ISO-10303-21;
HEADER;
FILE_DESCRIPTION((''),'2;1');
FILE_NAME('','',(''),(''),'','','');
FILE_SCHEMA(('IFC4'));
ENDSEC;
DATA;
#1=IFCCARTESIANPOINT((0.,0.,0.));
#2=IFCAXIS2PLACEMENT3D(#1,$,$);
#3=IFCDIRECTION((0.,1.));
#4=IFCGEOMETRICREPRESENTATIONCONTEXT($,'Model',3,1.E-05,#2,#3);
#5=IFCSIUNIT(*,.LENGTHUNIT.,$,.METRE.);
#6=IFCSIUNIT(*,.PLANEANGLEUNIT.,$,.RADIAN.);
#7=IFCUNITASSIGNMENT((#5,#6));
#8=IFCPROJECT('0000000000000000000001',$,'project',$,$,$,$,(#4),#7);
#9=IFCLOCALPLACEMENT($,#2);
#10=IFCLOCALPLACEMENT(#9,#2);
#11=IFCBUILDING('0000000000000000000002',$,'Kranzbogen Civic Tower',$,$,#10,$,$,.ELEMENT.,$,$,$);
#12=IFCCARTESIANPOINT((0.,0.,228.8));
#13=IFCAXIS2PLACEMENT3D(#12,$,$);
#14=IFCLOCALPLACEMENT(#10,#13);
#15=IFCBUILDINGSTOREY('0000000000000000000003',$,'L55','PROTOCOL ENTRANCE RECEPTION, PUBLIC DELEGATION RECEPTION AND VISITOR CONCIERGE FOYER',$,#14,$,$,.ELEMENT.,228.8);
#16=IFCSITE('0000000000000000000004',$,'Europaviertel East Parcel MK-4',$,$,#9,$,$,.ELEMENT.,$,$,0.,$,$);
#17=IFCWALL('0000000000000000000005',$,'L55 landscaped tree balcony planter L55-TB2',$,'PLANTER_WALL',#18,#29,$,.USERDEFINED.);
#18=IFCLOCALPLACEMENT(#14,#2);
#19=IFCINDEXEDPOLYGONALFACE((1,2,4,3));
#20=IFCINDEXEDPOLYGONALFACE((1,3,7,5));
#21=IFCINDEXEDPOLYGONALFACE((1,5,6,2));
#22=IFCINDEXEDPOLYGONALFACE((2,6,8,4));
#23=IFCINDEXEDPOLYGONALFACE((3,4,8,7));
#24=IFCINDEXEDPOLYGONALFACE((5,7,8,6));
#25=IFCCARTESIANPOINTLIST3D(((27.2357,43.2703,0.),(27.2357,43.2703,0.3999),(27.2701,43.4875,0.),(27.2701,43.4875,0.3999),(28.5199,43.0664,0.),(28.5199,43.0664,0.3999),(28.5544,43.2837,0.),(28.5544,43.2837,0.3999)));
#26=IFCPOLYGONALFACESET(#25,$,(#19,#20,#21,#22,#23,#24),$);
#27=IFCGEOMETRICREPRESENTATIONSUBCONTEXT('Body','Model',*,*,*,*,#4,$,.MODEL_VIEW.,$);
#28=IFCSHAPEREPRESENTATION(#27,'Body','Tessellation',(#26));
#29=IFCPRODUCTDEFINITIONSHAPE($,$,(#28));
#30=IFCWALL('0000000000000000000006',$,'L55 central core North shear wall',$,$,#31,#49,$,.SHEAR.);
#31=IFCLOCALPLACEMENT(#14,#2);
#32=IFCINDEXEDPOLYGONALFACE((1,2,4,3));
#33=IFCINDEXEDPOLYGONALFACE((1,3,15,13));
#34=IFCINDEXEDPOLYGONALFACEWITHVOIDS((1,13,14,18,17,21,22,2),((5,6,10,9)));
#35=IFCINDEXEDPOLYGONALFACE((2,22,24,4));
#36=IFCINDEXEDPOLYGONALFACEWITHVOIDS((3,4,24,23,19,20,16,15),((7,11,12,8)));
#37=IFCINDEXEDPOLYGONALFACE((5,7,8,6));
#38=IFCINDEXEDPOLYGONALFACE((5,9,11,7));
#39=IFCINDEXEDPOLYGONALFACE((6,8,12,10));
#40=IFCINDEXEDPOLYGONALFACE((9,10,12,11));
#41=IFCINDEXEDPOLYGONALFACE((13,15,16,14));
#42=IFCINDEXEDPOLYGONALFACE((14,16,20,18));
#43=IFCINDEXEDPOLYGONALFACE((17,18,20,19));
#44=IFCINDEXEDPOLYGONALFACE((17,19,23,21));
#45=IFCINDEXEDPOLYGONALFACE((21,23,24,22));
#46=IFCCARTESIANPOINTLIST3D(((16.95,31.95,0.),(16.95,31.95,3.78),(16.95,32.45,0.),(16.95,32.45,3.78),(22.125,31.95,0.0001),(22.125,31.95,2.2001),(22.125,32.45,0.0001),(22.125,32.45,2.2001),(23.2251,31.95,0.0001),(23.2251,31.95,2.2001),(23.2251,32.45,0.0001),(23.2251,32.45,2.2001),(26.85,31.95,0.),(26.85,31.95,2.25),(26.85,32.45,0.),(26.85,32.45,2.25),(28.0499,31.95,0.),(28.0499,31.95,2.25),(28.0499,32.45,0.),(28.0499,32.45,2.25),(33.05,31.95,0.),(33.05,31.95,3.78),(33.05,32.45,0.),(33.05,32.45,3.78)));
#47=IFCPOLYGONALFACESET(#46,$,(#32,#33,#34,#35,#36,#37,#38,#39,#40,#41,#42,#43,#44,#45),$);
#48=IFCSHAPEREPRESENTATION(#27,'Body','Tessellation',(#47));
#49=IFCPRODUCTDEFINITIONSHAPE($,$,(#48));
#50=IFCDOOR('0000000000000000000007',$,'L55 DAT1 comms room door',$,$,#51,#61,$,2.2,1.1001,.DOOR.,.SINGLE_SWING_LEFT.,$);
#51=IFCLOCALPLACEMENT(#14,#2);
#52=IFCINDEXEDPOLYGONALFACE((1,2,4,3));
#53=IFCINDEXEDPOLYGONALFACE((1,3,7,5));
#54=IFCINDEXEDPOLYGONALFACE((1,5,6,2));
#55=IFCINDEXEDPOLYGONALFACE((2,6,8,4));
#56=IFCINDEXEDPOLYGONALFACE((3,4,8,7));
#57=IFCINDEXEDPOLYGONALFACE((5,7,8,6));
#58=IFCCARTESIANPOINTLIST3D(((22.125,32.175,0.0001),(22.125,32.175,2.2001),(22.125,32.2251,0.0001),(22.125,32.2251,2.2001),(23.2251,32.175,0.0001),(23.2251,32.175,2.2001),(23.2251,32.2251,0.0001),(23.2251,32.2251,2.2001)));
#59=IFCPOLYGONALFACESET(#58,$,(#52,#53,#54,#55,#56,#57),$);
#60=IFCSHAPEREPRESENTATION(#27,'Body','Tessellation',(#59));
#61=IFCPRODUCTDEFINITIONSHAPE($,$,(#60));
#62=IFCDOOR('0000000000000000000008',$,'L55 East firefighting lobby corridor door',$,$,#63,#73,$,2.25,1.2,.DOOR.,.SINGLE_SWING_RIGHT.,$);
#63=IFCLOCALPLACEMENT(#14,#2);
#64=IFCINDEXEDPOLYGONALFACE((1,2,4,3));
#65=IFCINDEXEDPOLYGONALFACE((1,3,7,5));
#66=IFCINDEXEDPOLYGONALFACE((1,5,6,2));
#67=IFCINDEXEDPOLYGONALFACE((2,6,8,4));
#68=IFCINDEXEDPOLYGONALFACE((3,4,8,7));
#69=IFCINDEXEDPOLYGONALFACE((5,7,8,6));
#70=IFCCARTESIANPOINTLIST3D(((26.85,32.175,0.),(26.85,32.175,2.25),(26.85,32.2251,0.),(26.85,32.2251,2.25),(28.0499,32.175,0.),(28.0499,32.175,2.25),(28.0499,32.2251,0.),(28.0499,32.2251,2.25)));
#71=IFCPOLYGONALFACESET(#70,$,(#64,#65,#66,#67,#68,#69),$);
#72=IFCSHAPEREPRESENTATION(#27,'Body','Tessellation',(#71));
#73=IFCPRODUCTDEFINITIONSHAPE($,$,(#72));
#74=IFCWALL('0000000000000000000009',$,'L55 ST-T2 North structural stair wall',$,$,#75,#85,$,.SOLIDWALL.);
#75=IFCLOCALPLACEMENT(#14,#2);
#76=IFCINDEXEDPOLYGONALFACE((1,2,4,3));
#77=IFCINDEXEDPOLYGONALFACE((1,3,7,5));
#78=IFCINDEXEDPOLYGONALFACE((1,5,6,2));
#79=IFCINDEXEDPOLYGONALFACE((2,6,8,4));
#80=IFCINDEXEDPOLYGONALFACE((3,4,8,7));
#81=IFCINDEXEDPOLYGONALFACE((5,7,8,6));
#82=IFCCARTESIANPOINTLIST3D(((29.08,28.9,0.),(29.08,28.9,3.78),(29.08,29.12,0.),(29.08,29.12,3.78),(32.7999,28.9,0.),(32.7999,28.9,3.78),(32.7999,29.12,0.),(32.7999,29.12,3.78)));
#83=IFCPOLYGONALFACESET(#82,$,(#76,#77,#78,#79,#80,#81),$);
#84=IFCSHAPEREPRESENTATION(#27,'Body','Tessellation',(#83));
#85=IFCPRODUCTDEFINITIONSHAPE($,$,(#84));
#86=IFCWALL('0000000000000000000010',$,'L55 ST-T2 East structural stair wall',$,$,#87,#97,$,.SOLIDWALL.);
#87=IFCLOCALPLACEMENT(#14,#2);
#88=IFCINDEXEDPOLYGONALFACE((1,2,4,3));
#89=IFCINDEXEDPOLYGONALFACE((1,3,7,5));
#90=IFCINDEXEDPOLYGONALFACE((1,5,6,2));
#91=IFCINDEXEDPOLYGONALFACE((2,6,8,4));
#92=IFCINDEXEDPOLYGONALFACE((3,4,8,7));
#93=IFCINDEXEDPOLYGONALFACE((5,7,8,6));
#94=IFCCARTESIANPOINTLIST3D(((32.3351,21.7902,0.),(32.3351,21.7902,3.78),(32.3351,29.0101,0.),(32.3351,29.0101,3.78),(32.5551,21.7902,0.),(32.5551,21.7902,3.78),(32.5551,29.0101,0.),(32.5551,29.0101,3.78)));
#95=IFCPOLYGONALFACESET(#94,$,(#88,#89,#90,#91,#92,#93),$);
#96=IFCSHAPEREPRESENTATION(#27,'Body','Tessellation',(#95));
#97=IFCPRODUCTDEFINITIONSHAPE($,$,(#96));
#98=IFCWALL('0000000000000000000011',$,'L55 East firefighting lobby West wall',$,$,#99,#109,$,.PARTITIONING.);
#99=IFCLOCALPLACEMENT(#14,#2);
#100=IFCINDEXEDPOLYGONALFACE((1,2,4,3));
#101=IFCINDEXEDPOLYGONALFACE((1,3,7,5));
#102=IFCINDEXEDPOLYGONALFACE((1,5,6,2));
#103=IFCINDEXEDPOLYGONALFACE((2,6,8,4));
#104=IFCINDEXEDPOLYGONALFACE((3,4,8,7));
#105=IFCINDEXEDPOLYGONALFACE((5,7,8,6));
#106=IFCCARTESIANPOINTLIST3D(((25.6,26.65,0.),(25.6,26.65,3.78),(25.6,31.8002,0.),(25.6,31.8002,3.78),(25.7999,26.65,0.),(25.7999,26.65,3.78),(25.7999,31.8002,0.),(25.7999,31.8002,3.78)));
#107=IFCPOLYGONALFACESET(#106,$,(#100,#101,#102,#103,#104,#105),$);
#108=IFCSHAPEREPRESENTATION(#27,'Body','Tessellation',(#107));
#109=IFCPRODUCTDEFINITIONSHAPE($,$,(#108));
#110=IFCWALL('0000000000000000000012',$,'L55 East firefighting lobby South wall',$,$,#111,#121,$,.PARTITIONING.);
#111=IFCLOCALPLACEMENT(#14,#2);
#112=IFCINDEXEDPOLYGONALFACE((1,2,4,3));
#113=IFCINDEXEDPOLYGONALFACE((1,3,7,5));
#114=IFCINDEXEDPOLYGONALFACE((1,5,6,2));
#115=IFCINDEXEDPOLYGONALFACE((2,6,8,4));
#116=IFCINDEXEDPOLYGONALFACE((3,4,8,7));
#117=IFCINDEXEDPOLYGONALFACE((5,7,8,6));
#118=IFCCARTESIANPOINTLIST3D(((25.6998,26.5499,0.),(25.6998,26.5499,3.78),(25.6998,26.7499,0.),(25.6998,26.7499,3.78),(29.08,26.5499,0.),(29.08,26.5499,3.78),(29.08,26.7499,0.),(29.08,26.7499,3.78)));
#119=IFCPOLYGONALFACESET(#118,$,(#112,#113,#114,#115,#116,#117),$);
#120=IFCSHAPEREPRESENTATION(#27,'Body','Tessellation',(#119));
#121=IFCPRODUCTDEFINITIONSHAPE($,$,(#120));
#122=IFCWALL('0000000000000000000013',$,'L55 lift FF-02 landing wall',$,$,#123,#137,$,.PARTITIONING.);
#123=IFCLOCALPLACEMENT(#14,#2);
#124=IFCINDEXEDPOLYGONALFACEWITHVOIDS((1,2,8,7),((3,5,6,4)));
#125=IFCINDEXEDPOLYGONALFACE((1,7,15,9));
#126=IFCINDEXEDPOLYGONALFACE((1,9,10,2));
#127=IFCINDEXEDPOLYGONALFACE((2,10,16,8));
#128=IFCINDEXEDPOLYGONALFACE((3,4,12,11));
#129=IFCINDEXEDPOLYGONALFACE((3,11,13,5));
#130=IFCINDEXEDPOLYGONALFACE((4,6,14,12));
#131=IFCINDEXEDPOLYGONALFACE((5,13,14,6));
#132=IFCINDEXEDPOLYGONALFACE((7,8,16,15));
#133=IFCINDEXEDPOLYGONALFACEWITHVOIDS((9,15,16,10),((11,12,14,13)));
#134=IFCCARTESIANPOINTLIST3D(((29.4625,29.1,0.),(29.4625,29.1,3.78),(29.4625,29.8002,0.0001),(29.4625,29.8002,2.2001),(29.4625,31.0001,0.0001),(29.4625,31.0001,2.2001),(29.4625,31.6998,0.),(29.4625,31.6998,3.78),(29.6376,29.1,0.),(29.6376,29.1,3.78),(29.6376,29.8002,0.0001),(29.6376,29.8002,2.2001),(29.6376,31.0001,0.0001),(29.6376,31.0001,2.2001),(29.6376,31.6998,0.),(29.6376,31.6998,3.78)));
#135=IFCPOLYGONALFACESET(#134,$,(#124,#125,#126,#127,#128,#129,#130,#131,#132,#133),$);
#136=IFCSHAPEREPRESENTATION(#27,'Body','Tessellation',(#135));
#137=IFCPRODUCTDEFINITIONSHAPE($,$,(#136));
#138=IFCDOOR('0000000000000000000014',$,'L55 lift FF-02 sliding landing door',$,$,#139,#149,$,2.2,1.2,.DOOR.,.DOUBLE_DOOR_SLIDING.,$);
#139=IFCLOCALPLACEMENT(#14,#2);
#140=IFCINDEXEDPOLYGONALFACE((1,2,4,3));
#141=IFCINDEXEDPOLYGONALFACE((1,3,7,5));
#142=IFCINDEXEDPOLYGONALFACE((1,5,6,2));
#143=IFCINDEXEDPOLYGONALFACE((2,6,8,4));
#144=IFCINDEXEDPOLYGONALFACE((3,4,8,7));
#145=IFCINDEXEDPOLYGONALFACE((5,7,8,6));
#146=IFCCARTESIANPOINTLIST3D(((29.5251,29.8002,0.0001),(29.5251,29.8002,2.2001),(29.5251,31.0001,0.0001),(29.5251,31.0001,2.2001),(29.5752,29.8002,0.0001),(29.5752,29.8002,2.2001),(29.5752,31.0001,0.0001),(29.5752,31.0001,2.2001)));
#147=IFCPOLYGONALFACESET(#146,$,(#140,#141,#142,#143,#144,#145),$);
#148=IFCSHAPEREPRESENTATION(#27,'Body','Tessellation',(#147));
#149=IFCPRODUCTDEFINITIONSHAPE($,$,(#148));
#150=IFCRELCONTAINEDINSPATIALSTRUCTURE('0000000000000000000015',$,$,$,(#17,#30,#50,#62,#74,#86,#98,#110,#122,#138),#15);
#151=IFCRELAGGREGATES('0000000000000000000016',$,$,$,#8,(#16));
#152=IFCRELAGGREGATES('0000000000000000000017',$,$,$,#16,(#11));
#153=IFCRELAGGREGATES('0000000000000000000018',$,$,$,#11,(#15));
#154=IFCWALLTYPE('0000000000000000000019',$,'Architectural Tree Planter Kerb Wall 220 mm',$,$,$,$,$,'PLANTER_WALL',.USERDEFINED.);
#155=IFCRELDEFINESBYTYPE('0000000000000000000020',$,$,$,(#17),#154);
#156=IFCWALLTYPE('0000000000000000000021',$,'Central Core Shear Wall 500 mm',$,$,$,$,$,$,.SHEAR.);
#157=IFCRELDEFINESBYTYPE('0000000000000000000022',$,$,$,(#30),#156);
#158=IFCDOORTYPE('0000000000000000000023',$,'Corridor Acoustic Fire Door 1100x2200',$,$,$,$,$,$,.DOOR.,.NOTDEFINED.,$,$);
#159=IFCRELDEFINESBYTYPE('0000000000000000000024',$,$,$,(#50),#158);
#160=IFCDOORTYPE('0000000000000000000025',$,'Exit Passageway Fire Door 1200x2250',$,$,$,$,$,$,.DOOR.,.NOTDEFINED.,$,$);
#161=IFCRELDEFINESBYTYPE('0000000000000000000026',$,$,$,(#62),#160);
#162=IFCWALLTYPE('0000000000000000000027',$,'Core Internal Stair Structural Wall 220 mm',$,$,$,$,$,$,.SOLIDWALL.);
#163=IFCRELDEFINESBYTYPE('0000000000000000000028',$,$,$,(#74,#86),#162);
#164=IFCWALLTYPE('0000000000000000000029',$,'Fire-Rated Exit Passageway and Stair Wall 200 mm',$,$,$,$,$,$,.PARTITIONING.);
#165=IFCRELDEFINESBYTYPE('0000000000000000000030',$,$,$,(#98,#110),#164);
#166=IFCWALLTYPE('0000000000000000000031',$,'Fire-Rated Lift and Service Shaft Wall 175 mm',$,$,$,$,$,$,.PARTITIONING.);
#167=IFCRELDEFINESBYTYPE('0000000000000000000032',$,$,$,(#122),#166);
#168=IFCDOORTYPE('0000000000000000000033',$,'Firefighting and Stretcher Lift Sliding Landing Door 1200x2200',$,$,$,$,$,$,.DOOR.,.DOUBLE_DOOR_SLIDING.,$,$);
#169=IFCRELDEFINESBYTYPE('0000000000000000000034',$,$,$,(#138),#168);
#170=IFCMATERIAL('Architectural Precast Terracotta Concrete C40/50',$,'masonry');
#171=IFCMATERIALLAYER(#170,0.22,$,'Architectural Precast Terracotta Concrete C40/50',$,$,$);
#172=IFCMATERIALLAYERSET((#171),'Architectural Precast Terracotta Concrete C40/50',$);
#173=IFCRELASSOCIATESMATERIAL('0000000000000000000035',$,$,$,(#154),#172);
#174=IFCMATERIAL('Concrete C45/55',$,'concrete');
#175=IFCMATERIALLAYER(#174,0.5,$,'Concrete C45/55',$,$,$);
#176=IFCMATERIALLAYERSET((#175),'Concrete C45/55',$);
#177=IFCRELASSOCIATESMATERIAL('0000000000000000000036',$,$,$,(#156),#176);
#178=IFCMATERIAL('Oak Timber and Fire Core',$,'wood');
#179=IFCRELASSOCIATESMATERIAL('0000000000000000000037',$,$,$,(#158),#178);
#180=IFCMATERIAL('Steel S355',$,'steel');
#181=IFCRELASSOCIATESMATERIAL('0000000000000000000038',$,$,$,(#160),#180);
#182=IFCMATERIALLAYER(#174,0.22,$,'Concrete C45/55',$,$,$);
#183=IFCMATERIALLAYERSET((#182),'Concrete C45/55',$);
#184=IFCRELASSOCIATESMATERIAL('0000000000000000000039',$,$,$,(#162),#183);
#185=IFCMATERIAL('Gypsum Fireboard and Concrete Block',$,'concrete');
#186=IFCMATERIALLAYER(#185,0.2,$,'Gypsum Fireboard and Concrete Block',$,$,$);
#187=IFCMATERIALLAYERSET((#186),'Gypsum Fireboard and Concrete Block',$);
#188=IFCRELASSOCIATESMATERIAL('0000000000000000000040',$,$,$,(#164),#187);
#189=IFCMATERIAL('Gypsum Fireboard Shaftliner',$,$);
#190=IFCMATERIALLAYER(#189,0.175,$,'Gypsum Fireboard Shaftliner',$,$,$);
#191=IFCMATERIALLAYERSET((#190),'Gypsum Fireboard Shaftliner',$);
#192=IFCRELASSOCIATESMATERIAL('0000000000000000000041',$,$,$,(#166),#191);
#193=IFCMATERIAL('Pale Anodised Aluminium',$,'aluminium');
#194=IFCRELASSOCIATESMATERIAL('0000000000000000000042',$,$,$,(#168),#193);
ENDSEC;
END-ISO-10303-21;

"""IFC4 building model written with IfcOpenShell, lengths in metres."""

from ifc_helpers import new_model, si_unit, direction, frame, frame_2d, origin, place, context, subcontext, project, spatial, rectangle, extrude, material, layer, layer_set, type_object, element, fill, save


model = new_model("IFC4")

# Units and contexts
model_context = context("Model", 3, precision=1e-05, world=origin(), true_north=direction((0.0, 1.0)))
body_context = subcontext(model_context, "Body", "Model", "MODEL_VIEW")
ifc_project = project(units=[si_unit("LENGTHUNIT", "METRE"), si_unit("PLANEANGLEUNIT", "RADIAN")], contexts=[model_context])

# Site, building, storey
site_placement = place(None, origin())
site = spatial("IfcSite", under=ifc_project, at=site_placement, Name="Europaviertel East Parcel MK-4", CompositionType="ELEMENT", RefElevation=0.0)
building_placement = place(site_placement, origin())
building = spatial("IfcBuilding", under=site, at=building_placement, Name="Kranzbogen Civic Tower", CompositionType="ELEMENT")
storey_placement = place(building_placement, frame((0.0, 0.0, 228.8)))
storey = spatial("IfcBuildingStorey", under=building, at=storey_placement, Name="L55", Description="PROTOCOL ENTRANCE RECEPTION, PUBLIC DELEGATION RECEPTION AND VISITOR CONCIERGE FOYER", CompositionType="ELEMENT", Elevation=228.8)

# Shared definitions
ifc_material_1 = material(Name="Steel S355", Category="steel")

# Shared definitions
ifc_material_2 = material(Name="Pale Anodised Aluminium", Category="aluminium")

# Wall
ifc_material_3 = material(Name="Architectural Precast Terracotta Concrete C40/50", Category="masonry")
ifc_layer_1 = layer(ifc_material_3, 0.22, Name="Architectural Precast Terracotta Concrete C40/50")
ifc_layer_set_1 = layer_set([ifc_layer_1], Name="Architectural Precast Terracotta Concrete C40/50")
wall_type_1 = type_object("IfcWallType", Name="Architectural Tree Planter Kerb Wall 220 mm", ElementType="PLANTER_WALL", PredefinedType="USERDEFINED", material=ifc_layer_set_1)
wall_1_placement = place(storey_placement, frame((28.5371, 43.175, 0.0), z_axis=(0.0, 0.0, 1.0), x_axis=(-0.987633, 0.156782, 0.0)))
element("IfcWall", 1, at=wall_1_placement, inside=storey, type_object=wall_type_1, Name="L55 landscaped tree balcony planter L55-TB2", ObjectType="PLANTER_WALL", PredefinedType="USERDEFINED", context=body_context, shape_type="SweptSolid", body=[
    extrude(rectangle(XDim=1.3003, YDim=0.22, at=frame_2d((0.6501, 0.0))), origin(), (0.0, 0.0, 1.0), 0.3999),
])

# Wall, openings, doors
ifc_material_4 = material(Name="Concrete C45/55", Category="concrete")
ifc_layer_2 = layer(ifc_material_4, 0.5, Name="Concrete C45/55")
ifc_layer_set_2 = layer_set([ifc_layer_2], Name="Concrete C45/55")
wall_type_2 = type_object("IfcWallType", Name="Central Core Shear Wall 500 mm", PredefinedType="SHEAR", material=ifc_layer_set_2)
wall_2_placement = place(storey_placement, frame((33.05, 32.2, 0.0), z_axis=(0.0, 0.0, 1.0), x_axis=(-1.0, 0.0, 0.0)))
wall_2 = element("IfcWall", 2, at=wall_2_placement, inside=storey, type_object=wall_type_2, Name="L55 central core North shear wall", PredefinedType="SHEAR", context=body_context, shape_type="SweptSolid", body=[
    extrude(rectangle(XDim=16.1001, YDim=0.5, at=frame_2d((8.05, 0.0))), origin(), (0.0, 0.0, 1.0), 3.78),
])
opening_1_placement = place(wall_2_placement, frame((5.0, 0.0, 0.0)))
opening_1 = element("IfcOpeningElement", 3, at=opening_1_placement, cuts=wall_2, PredefinedType="OPENING", context=body_context, shape_type="SweptSolid", body=[
    extrude(rectangle(XDim=1.2, YDim=2.25, at=frame_2d((0.6001, 1.125))), frame((0.0, 0.26, 0.0), z_axis=(0.0, -1.0, 0.0), x_axis=(1.0, 0.0, 0.0)), (0.0, 0.0, 1.0), 0.52),
])
opening_2_placement = place(wall_2_placement, frame((9.825, 0.0, 0.0)))
opening_2 = element("IfcOpeningElement", 4, at=opening_2_placement, cuts=wall_2, PredefinedType="OPENING", context=body_context, shape_type="SweptSolid", body=[
    extrude(rectangle(XDim=1.1001, YDim=2.2, at=frame_2d((0.55, 1.1001))), frame((0.0, 0.26, 0.0), z_axis=(0.0, -1.0, 0.0), x_axis=(1.0, 0.0, 0.0)), (0.0, 0.0, 1.0), 0.52),
])
ifc_material_5 = material(Name="Oak Timber and Fire Core", Category="wood")
door_type_1 = type_object("IfcDoorType", Name="Corridor Acoustic Fire Door 1100x2200", OperationType="NOTDEFINED", PredefinedType="DOOR", material=ifc_material_5)
door_1_placement = place(opening_2_placement, origin())
door_1 = element("IfcDoor", 5, at=door_1_placement, inside=storey, type_object=door_type_1, Name="L55 DAT1 comms room door", OperationType="SINGLE_SWING_LEFT", OverallHeight=2.2, OverallWidth=1.1001, PredefinedType="DOOR", context=body_context, shape_type="SweptSolid", body=[
    extrude(rectangle(XDim=1.1001, YDim=2.2, at=frame_2d((0.55, 1.1001))), frame((0.0, 0.0249, 0.0), z_axis=(0.0, -1.0, 0.0), x_axis=(1.0, 0.0, 0.0)), (0.0, 0.0, 1.0), 0.05),
])
fill(opening_2, door_1)
door_type_2 = type_object("IfcDoorType", Name="Exit Passageway Fire Door 1200x2250", OperationType="NOTDEFINED", PredefinedType="DOOR", material=ifc_material_1)
door_2_placement = place(opening_1_placement, origin())
door_2 = element("IfcDoor", 6, at=door_2_placement, inside=storey, type_object=door_type_2, Name="L55 East firefighting lobby corridor door", OperationType="SINGLE_SWING_RIGHT", OverallHeight=2.25, OverallWidth=1.2, PredefinedType="DOOR", context=body_context, shape_type="SweptSolid", body=[
    extrude(rectangle(XDim=1.2, YDim=2.25, at=frame_2d((0.6001, 1.125))), frame((0.0, 0.0249, 0.0), z_axis=(0.0, -1.0, 0.0), x_axis=(1.0, 0.0, 0.0)), (0.0, 0.0, 1.0), 0.05),
])
fill(opening_1, door_2)

# Walls
ifc_layer_3 = layer(ifc_material_4, 0.22, Name="Concrete C45/55")
ifc_layer_set_3 = layer_set([ifc_layer_3], Name="Concrete C45/55")
wall_type_3 = type_object("IfcWallType", Name="Core Internal Stair Structural Wall 220 mm", PredefinedType="SOLIDWALL", material=ifc_layer_set_3)
wall_3_placement = place(storey_placement, frame((29.0801, 29.01, 0.0), z_axis=(0.0, 0.0, 1.0), x_axis=(1.0, 0.0, 0.0)))
element("IfcWall", 7, at=wall_3_placement, inside=storey, type_object=wall_type_3, Name="L55 ST-T2 North structural stair wall", PredefinedType="SOLIDWALL", context=body_context, shape_type="SweptSolid", body=[
    extrude(rectangle(XDim=3.72, YDim=0.22, at=frame_2d((1.8599, 0.0))), origin(), (0.0, 0.0, 1.0), 3.78),
])
wall_4_placement = place(storey_placement, frame((32.4451, 29.01, 0.0), z_axis=(0.0, 0.0, 1.0), x_axis=(0.0, -1.0, 0.0)))
element("IfcWall", 8, at=wall_4_placement, inside=storey, type_object=wall_type_3, Name="L55 ST-T2 East structural stair wall", PredefinedType="SOLIDWALL", context=body_context, shape_type="SweptSolid", body=[
    extrude(rectangle(XDim=7.22, YDim=0.22, at=frame_2d((3.6099, 0.0))), origin(), (0.0, 0.0, 1.0), 3.78),
])
ifc_material_6 = material(Name="Gypsum Fireboard and Concrete Block", Category="concrete")
ifc_layer_4 = layer(ifc_material_6, 0.2, Name="Gypsum Fireboard and Concrete Block")
ifc_layer_set_4 = layer_set([ifc_layer_4], Name="Gypsum Fireboard and Concrete Block")
wall_type_4 = type_object("IfcWallType", Name="Fire-Rated Exit Passageway and Stair Wall 200 mm", PredefinedType="PARTITIONING", material=ifc_layer_set_4)
wall_5_placement = place(storey_placement, frame((25.7, 26.6499, 0.0), z_axis=(0.0, 0.0, 1.0), x_axis=(0.0, 1.0, 0.0)))
element("IfcWall", 9, at=wall_5_placement, inside=storey, type_object=wall_type_4, Name="L55 East firefighting lobby West wall", PredefinedType="PARTITIONING", context=body_context, shape_type="SweptSolid", body=[
    extrude(rectangle(XDim=5.1501, YDim=0.2, at=frame_2d((2.5752, 0.0))), origin(), (0.0, 0.0, 1.0), 3.78),
])
wall_6_placement = place(storey_placement, frame((25.7, 26.6499, 0.0), z_axis=(0.0, 0.0, 1.0), x_axis=(1.0, 0.0, 0.0)))
element("IfcWall", 10, at=wall_6_placement, inside=storey, type_object=wall_type_4, Name="L55 East firefighting lobby South wall", PredefinedType="PARTITIONING", context=body_context, shape_type="SweptSolid", body=[
    extrude(rectangle(XDim=3.3801, YDim=0.2, at=frame_2d((1.6899, 0.0))), origin(), (0.0, 0.0, 1.0), 3.78),
])

# Wall, opening, door
ifc_material_7 = material(Name="Gypsum Fireboard Shaftliner")
ifc_layer_5 = layer(ifc_material_7, 0.175, Name="Gypsum Fireboard Shaftliner")
ifc_layer_set_5 = layer_set([ifc_layer_5], Name="Gypsum Fireboard Shaftliner")
wall_type_5 = type_object("IfcWallType", Name="Fire-Rated Lift and Service Shaft Wall 175 mm", PredefinedType="PARTITIONING", material=ifc_layer_set_5)
wall_7_placement = place(storey_placement, frame((29.55, 29.1001, 0.0), z_axis=(0.0, 0.0, 1.0), x_axis=(0.0, 1.0, 0.0)))
wall_7 = element("IfcWall", 11, at=wall_7_placement, inside=storey, type_object=wall_type_5, Name="L55 lift FF-02 landing wall", PredefinedType="PARTITIONING", context=body_context, shape_type="SweptSolid", body=[
    extrude(rectangle(XDim=2.5999, YDim=0.175, at=frame_2d((1.2998, 0.0))), origin(), (0.0, 0.0, 1.0), 3.78),
])
opening_3_placement = place(wall_7_placement, frame((0.7, 0.0, 0.0)))
opening_3 = element("IfcOpeningElement", 12, at=opening_3_placement, cuts=wall_7, PredefinedType="OPENING", context=body_context, shape_type="SweptSolid", body=[
    extrude(rectangle(XDim=1.2, YDim=2.2, at=frame_2d((0.6001, 1.1001))), frame((0.0, 0.0977, 0.0), z_axis=(0.0, -1.0, 0.0), x_axis=(1.0, 0.0, 0.0)), (0.0, 0.0, 1.0), 0.1951),
])
door_type_3 = type_object("IfcDoorType", Name="Firefighting and Stretcher Lift Sliding Landing Door 1200x2200", OperationType="DOUBLE_DOOR_SLIDING", PredefinedType="DOOR", material=ifc_material_2)
door_3_placement = place(opening_3_placement, origin())
door_3 = element("IfcDoor", 13, at=door_3_placement, inside=storey, type_object=door_type_3, Name="L55 lift FF-02 sliding landing door", OperationType="DOUBLE_DOOR_SLIDING", OverallHeight=2.2, OverallWidth=1.2, PredefinedType="DOOR", context=body_context, shape_type="SweptSolid", body=[
    extrude(rectangle(XDim=1.2, YDim=2.2, at=frame_2d((0.6001, 1.1001))), frame((0.0, 0.0249, 0.0), z_axis=(0.0, -1.0, 0.0), x_axis=(1.0, 0.0, 0.0)), (0.0, 0.0, 1.0), 0.05),
])
fill(opening_3, door_3)

save(model, "model.ifc")
